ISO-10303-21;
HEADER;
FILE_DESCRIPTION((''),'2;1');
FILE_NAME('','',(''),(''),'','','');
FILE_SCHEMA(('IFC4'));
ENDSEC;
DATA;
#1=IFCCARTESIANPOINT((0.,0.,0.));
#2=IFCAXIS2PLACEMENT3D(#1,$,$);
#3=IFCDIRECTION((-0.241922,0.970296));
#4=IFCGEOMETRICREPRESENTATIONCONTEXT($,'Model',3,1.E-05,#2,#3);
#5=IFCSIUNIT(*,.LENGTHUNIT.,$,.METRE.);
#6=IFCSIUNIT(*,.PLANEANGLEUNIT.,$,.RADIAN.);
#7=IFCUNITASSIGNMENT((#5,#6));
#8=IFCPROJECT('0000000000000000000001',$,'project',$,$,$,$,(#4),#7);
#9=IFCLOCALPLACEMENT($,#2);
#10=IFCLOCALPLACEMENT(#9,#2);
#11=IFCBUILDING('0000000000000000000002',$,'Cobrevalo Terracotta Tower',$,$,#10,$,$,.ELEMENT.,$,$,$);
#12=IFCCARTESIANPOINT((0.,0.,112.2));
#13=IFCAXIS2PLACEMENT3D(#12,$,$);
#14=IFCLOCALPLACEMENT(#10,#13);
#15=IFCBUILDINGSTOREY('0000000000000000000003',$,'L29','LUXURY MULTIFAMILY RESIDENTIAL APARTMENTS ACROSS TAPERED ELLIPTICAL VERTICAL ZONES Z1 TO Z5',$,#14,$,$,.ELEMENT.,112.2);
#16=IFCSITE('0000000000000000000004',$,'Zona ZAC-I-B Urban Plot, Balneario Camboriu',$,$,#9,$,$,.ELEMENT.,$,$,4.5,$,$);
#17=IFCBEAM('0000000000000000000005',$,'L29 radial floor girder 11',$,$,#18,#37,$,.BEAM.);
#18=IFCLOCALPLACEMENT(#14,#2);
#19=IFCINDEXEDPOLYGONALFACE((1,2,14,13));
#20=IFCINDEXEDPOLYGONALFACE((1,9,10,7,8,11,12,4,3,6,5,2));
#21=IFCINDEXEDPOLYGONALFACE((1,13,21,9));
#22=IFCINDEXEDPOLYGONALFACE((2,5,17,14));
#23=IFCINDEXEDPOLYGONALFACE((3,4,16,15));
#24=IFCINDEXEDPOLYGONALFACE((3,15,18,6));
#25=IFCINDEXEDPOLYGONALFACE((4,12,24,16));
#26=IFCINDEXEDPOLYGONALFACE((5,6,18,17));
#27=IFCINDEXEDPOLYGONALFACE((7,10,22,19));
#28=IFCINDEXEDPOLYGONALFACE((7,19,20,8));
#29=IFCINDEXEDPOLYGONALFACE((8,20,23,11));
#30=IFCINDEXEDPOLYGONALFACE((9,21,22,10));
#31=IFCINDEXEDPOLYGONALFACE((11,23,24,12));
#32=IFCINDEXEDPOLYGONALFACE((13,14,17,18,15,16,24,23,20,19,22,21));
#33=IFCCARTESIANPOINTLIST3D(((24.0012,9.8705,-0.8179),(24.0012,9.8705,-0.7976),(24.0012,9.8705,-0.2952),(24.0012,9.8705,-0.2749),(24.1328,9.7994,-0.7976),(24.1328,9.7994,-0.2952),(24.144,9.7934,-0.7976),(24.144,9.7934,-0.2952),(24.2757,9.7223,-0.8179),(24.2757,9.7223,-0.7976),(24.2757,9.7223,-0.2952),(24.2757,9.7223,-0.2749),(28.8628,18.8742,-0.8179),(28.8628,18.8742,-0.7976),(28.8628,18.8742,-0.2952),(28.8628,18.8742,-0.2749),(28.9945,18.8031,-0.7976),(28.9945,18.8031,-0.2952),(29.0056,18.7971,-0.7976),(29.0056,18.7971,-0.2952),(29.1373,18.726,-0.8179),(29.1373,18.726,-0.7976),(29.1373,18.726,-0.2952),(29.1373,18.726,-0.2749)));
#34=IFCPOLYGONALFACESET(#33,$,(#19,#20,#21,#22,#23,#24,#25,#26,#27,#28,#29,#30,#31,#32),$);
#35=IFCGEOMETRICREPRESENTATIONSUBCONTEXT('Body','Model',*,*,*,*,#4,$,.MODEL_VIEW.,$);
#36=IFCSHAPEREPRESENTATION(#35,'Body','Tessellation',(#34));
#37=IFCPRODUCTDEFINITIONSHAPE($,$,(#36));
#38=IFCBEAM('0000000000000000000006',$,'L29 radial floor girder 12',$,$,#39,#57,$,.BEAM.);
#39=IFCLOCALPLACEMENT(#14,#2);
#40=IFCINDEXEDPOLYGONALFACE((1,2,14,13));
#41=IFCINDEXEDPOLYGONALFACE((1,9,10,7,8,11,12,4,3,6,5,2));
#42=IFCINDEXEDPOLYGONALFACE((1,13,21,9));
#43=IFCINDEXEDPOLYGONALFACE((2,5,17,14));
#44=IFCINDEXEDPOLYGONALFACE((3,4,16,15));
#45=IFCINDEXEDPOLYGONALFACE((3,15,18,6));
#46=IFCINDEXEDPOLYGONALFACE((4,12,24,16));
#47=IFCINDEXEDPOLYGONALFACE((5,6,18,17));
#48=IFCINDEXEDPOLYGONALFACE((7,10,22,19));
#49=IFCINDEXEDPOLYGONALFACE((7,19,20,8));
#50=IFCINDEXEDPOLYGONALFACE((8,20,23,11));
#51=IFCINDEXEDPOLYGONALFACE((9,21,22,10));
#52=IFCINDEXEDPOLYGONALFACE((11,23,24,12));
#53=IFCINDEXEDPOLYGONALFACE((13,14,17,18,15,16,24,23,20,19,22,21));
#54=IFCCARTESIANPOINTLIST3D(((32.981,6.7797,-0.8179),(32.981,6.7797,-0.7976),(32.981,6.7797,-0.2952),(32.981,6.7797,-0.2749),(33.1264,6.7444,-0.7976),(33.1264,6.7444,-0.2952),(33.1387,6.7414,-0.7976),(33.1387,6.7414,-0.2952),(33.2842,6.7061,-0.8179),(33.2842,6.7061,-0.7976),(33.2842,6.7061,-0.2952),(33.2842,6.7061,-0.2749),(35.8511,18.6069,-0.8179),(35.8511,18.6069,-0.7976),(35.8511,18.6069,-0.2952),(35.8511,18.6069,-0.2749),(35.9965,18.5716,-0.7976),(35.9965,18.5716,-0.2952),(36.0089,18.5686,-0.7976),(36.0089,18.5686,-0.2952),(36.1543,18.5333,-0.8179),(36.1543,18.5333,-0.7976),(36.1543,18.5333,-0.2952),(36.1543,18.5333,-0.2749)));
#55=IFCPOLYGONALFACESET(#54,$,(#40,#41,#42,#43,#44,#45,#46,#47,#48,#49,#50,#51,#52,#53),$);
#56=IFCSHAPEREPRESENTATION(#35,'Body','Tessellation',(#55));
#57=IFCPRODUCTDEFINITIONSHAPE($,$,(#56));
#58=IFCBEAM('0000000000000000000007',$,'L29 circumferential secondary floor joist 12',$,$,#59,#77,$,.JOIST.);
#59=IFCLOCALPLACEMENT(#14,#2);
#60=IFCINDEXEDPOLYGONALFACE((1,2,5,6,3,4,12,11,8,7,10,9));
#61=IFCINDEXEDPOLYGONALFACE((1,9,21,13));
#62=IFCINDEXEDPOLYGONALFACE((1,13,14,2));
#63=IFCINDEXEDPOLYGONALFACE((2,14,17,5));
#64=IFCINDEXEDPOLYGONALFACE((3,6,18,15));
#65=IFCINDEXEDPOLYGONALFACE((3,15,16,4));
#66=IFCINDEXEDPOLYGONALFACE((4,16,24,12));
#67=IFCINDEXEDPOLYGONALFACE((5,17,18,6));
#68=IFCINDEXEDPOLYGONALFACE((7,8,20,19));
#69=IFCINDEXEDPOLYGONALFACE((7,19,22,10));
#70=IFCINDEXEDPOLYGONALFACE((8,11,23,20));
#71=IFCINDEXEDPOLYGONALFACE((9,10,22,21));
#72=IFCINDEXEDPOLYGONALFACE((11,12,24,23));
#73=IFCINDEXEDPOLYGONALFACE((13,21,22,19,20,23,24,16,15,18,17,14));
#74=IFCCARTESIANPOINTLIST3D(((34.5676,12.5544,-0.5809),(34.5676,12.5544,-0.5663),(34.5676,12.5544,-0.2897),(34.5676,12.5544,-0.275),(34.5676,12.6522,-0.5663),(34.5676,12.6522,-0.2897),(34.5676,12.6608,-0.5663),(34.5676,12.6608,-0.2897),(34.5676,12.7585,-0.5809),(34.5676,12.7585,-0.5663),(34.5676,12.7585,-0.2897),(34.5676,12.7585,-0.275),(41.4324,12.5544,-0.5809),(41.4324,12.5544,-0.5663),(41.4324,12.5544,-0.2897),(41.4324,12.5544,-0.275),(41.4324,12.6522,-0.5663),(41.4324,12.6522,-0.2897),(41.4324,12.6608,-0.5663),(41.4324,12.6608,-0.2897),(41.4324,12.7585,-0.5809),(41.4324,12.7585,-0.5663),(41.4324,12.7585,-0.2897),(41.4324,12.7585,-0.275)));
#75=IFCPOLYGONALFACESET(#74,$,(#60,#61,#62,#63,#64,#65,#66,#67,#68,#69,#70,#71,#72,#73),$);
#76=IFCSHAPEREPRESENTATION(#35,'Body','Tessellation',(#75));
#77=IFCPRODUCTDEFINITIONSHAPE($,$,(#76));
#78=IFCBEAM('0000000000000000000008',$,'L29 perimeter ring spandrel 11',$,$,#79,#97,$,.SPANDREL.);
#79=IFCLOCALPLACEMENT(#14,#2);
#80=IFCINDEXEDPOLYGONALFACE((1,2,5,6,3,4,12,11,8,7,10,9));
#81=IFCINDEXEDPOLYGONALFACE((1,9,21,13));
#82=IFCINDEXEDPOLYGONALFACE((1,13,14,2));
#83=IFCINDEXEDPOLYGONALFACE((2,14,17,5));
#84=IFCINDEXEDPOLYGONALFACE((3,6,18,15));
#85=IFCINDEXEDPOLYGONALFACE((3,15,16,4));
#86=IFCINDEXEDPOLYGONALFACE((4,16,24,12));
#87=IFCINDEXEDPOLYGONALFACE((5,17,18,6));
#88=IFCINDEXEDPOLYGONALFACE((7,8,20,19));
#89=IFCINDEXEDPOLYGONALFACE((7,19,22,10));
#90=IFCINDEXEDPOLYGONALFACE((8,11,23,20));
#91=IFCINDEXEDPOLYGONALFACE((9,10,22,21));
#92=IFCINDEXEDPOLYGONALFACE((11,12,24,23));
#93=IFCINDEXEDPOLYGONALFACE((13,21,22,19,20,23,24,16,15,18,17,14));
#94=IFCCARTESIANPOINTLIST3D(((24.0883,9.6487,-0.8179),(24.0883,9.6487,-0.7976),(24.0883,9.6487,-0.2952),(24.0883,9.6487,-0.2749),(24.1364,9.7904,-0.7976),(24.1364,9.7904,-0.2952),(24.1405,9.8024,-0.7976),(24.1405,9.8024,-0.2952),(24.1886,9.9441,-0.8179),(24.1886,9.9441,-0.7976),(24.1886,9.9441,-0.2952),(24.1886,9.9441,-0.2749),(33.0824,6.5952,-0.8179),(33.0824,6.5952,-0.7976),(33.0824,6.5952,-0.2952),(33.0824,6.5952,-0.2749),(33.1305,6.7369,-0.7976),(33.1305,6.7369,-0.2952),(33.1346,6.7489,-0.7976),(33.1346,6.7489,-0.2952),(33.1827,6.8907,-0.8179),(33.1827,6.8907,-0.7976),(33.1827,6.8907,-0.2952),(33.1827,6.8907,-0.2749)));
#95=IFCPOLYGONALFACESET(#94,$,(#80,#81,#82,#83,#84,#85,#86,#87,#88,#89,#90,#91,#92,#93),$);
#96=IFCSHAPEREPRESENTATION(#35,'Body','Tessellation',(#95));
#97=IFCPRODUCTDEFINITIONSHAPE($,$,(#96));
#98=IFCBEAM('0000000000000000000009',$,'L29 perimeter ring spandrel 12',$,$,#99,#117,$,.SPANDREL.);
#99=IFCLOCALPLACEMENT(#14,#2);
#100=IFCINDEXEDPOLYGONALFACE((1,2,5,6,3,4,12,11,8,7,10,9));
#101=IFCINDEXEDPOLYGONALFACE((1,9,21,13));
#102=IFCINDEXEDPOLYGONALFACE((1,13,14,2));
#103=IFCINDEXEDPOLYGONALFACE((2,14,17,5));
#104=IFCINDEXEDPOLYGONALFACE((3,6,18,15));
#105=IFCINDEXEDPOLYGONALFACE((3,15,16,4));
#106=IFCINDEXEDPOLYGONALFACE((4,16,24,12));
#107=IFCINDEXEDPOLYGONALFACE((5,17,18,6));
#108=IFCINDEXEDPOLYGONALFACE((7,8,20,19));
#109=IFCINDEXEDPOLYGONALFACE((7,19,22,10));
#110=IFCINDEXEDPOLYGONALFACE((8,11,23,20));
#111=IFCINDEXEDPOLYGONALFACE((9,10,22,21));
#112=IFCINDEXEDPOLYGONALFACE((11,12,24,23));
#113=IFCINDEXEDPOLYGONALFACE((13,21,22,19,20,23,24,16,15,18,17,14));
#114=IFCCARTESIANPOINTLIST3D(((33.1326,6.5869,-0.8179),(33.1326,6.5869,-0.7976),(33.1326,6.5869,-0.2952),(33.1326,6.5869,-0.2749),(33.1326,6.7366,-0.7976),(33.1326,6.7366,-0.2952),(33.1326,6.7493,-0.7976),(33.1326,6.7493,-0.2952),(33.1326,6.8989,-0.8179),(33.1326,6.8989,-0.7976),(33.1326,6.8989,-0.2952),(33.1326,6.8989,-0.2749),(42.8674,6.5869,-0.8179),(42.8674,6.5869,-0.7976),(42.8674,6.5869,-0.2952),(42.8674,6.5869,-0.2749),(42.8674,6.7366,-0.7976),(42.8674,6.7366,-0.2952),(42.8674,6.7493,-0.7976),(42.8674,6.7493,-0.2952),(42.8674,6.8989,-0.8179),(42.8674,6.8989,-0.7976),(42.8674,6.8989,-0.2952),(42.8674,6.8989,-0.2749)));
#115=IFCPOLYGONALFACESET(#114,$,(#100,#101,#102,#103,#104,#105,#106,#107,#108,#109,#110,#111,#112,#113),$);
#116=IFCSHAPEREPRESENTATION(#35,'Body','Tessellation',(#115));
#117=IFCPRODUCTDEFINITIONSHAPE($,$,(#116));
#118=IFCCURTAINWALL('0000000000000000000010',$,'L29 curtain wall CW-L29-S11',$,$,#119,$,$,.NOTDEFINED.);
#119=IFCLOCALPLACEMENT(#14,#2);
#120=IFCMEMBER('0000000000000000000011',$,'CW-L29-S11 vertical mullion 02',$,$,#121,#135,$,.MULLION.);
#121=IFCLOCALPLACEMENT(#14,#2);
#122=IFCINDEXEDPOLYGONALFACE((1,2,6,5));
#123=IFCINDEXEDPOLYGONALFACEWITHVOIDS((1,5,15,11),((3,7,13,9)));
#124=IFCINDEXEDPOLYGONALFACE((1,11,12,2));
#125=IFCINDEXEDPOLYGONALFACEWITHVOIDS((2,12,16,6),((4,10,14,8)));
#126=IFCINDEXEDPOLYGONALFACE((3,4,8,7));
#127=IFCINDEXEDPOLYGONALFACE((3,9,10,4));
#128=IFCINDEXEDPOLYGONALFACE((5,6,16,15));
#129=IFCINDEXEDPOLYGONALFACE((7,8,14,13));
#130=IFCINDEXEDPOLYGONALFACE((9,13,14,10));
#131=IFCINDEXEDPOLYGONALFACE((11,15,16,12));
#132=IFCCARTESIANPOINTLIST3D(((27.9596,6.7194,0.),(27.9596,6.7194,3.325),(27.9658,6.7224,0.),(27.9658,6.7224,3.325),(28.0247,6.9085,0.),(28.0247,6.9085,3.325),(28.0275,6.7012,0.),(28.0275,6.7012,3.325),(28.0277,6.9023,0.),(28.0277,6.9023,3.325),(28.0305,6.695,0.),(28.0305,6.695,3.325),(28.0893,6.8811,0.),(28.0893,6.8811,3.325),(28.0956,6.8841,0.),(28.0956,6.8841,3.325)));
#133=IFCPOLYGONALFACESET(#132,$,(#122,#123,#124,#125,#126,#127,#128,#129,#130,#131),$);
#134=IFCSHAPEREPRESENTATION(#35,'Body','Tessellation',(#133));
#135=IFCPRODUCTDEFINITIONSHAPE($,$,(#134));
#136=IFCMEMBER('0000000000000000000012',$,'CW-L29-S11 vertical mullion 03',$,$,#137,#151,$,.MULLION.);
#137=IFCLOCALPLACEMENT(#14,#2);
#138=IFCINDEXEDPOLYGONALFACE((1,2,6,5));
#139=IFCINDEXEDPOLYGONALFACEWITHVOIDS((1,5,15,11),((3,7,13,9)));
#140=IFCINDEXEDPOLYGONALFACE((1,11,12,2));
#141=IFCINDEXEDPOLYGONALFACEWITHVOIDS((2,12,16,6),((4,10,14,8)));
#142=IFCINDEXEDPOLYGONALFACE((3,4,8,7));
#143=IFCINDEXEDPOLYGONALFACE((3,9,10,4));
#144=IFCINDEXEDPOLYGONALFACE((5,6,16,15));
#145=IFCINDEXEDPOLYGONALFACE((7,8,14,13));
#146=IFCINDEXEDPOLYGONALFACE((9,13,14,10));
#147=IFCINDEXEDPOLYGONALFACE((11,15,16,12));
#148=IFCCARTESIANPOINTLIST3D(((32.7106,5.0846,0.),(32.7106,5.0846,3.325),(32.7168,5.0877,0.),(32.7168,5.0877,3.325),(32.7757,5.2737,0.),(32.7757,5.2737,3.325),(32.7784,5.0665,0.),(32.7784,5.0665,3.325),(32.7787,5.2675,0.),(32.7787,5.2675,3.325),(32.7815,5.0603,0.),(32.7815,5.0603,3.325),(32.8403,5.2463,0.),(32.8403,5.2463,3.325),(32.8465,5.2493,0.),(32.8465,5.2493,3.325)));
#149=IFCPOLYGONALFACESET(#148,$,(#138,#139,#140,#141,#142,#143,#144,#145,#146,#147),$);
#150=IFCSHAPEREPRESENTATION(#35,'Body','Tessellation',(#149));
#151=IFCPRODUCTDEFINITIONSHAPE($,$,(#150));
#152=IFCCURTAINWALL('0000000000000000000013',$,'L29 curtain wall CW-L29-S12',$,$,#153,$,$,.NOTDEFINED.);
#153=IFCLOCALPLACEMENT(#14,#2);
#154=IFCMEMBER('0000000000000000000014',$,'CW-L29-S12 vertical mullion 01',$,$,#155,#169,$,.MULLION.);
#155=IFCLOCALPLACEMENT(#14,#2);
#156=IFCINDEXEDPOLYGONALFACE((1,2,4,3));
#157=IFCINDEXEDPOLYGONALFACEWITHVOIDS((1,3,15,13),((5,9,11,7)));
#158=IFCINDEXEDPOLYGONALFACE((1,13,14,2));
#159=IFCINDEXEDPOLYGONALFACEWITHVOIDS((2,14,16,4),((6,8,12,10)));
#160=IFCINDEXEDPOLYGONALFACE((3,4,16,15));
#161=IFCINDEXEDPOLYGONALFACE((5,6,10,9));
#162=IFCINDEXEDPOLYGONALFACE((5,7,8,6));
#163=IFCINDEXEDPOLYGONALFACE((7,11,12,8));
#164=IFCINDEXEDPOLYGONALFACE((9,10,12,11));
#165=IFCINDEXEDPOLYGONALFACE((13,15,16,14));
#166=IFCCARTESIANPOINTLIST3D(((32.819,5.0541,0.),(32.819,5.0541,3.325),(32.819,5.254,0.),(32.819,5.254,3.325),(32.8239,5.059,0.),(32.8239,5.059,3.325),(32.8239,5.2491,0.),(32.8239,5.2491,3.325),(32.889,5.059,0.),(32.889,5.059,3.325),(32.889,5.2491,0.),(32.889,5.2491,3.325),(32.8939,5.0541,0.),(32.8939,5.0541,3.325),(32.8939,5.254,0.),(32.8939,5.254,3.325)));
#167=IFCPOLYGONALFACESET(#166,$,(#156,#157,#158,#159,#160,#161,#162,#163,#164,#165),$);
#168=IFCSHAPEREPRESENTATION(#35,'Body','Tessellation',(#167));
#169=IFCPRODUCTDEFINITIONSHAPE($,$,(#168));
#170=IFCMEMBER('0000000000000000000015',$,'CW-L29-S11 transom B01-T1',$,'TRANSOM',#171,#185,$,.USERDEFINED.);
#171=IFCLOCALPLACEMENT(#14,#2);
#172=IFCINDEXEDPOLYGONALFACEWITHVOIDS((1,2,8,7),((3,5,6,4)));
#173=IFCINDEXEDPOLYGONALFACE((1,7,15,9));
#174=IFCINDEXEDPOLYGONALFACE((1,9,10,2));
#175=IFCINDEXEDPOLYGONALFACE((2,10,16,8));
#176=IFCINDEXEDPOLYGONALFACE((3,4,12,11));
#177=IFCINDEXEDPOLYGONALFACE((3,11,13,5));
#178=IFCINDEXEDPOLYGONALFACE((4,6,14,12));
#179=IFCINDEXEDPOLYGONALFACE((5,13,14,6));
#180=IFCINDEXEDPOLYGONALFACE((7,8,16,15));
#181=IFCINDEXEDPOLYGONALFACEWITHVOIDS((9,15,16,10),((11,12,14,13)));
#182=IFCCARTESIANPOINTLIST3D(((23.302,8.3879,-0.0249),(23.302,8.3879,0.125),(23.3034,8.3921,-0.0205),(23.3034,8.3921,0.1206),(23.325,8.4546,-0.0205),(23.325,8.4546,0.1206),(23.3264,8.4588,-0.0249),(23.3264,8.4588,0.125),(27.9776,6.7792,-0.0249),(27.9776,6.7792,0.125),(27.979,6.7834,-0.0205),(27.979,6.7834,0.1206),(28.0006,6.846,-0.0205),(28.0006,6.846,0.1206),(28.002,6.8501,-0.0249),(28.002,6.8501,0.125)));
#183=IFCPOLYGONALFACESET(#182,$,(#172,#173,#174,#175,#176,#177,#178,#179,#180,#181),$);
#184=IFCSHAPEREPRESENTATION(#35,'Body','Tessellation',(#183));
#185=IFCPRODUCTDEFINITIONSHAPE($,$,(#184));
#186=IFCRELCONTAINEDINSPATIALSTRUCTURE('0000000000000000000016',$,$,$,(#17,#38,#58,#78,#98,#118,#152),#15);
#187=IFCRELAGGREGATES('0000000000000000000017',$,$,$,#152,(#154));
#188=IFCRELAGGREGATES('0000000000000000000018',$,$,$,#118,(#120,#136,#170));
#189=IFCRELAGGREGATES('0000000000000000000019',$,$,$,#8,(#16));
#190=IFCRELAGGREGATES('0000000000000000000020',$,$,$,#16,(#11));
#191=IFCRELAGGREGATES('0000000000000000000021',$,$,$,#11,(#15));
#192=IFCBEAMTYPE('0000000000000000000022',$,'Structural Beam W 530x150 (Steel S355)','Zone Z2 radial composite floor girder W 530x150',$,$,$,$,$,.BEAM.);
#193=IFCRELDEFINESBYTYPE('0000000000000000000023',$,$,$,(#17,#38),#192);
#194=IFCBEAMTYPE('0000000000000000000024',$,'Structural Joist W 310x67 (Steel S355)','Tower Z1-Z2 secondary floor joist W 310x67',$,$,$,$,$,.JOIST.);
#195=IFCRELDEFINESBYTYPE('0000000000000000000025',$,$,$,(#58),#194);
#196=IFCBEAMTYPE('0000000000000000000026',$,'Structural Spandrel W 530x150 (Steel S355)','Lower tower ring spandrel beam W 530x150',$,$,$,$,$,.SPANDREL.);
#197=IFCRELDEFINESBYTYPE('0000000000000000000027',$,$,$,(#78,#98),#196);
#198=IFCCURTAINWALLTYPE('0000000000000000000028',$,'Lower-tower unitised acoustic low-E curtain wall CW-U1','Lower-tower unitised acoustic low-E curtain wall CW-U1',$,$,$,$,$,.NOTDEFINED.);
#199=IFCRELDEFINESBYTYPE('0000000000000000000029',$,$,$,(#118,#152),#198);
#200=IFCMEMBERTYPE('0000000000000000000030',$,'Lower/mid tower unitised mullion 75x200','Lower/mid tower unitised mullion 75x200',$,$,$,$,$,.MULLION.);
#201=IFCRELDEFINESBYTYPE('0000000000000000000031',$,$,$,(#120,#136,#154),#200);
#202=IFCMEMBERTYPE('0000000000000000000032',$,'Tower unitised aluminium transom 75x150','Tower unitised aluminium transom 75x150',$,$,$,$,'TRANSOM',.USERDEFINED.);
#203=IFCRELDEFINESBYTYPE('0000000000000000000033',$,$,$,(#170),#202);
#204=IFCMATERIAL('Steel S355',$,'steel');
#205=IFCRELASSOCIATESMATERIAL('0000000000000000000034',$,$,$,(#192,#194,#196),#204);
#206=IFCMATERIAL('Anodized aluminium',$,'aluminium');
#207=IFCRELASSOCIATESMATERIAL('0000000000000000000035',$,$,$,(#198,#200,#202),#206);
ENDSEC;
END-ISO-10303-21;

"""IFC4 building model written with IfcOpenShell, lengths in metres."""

from ifc_helpers import new_model, si_unit, direction, frame, origin, origin_2d, place, context, subcontext, project, spatial, hollow_rectangle, i_section, extrude, source, transform, mapped, material, material_profile, profile_set, type_object, element, aggregate, save


model = new_model("IFC4")

# Units and contexts
model_context = context("Model", 3, precision=1e-05, world=origin(), true_north=direction((-0.241922, 0.970296)))
body_context = subcontext(model_context, "Body", "Model", "MODEL_VIEW")
ifc_project = project(units=[si_unit("LENGTHUNIT", "METRE"), si_unit("PLANEANGLEUNIT", "RADIAN")], contexts=[model_context])

# Site, building, storey
site_placement = place(None, origin())
site = spatial("IfcSite", under=ifc_project, at=site_placement, Name="Zona ZAC-I-B Urban Plot, Balneario Camboriu", CompositionType="ELEMENT", RefElevation=4.5)
building_placement = place(site_placement, origin())
building = spatial("IfcBuilding", under=site, at=building_placement, Name="Cobrevalo Terracotta Tower", CompositionType="ELEMENT")
storey_placement = place(building_placement, frame((0.0, 0.0, 112.2)))
storey = spatial("IfcBuildingStorey", under=building, at=storey_placement, Name="L29", Description="LUXURY MULTIFAMILY RESIDENTIAL APARTMENTS ACROSS TAPERED ELLIPTICAL VERTICAL ZONES Z1 TO Z5", CompositionType="ELEMENT", Elevation=112.2)

# Shared definitions
ifc_material_1 = material(Name="Steel S355", Category="steel")

# Beams
ifc_material_profile_1 = material_profile(ifc_material_1, i_section(OverallWidth=0.312, OverallDepth=0.543, WebThickness=0.0127, FlangeThickness=0.0203, at=origin_2d()), Name="W 530x150")
ifc_profile_set_1 = profile_set([ifc_material_profile_1], Name="Steel S355")
beam_type_1 = type_object("IfcBeamType", Name="Structural Beam W 530x150 (Steel S355)", Description="Zone Z2 radial composite floor girder W 530x150", PredefinedType="BEAM", material=ifc_profile_set_1)
beam_1_placement = place(storey_placement, frame((24.1384, 9.7964, -0.5464), z_axis=(0.475118, 0.879922, 0.0), x_axis=(-0.879922, 0.475118, 0.0)))
element("IfcBeam", 1, at=beam_1_placement, inside=storey, type_object=beam_type_1, Name="L29 radial floor girder 11", PredefinedType="BEAM", context=body_context, shape_type="SweptSolid", body=[
    extrude(i_section(OverallWidth=0.312, OverallDepth=0.543, WebThickness=0.0127, FlangeThickness=0.0203, at=origin_2d()), origin(), (0.0, 0.0, 1.0), 10.2324),
])
beam_2_placement = place(storey_placement, frame((33.1326, 6.7429, -0.5464), z_axis=(0.235827, 0.971795, 0.0), x_axis=(-0.971795, 0.235827, 0.0)))
element("IfcBeam", 2, at=beam_2_placement, inside=storey, type_object=beam_type_1, Name="L29 radial floor girder 12", PredefinedType="BEAM", context=body_context, shape_type="SweptSolid", body=[
    extrude(i_section(OverallWidth=0.312, OverallDepth=0.543, WebThickness=0.0127, FlangeThickness=0.0203, at=origin_2d()), origin(), (0.0, 0.0, 1.0), 12.1704),
])
ifc_material_profile_2 = material_profile(ifc_material_1, i_section(OverallWidth=0.2041, OverallDepth=0.3059, WebThickness=0.0085, FlangeThickness=0.0146, at=origin_2d()), Name="W 310x67")
ifc_profile_set_2 = profile_set([ifc_material_profile_2], Name="Steel S355")
beam_type_2 = type_object("IfcBeamType", Name="Structural Joist W 310x67 (Steel S355)", Description="Tower Z1-Z2 secondary floor joist W 310x67", PredefinedType="JOIST", material=ifc_profile_set_2)
beam_3_placement = place(storey_placement, frame((34.5676, 12.6565, -0.428), z_axis=(1.0, 0.0, 0.0), x_axis=(0.0, 1.0, 0.0)))
element("IfcBeam", 3, at=beam_3_placement, inside=storey, type_object=beam_type_2, Name="L29 circumferential secondary floor joist 12", PredefinedType="JOIST", context=body_context, shape_type="SweptSolid", body=[
    extrude(i_section(OverallWidth=0.2041, OverallDepth=0.3059, WebThickness=0.0085, FlangeThickness=0.0146, at=origin_2d()), origin(), (0.0, 0.0, 1.0), 6.8647),
])
ifc_material_profile_3 = material_profile(ifc_material_1, i_section(OverallWidth=0.312, OverallDepth=0.543, WebThickness=0.0127, FlangeThickness=0.0203, at=origin_2d()), Name="W 530x150")
ifc_profile_set_3 = profile_set([ifc_material_profile_3], Name="Steel S355")
beam_type_3 = type_object("IfcBeamType", Name="Structural Spandrel W 530x150 (Steel S355)", Description="Lower tower ring spandrel beam W 530x150", PredefinedType="SPANDREL", material=ifc_profile_set_3)
beam_4_placement = place(storey_placement, frame((24.1384, 9.7964, -0.5464), z_axis=(0.946918, -0.321474, 0.0), x_axis=(0.321474, 0.946918, 0.0)))
element("IfcBeam", 4, at=beam_4_placement, inside=storey, type_object=beam_type_3, Name="L29 perimeter ring spandrel 11", PredefinedType="SPANDREL", context=body_context, shape_type="SweptSolid", body=[
    extrude(i_section(OverallWidth=0.312, OverallDepth=0.543, WebThickness=0.0127, FlangeThickness=0.0203, at=origin_2d()), origin(), (0.0, 0.0, 1.0), 9.4983),
])
beam_5_placement = place(storey_placement, frame((33.1326, 6.7429, -0.5464), z_axis=(1.0, 0.0, 0.0), x_axis=(0.0, 1.0, 0.0)))
element("IfcBeam", 5, at=beam_5_placement, inside=storey, type_object=beam_type_3, Name="L29 perimeter ring spandrel 12", PredefinedType="SPANDREL", context=body_context, shape_type="SweptSolid", body=[
    extrude(i_section(OverallWidth=0.312, OverallDepth=0.543, WebThickness=0.0127, FlangeThickness=0.0203, at=origin_2d()), origin(), (0.0, 0.0, 1.0), 9.7349),
])

# Curtain wall, members
ifc_material_2 = material(Name="Anodized aluminium", Category="aluminium")
curtain_wall_type = type_object("IfcCurtainWallType", Name="Lower-tower unitised acoustic low-E curtain wall CW-U1", Description="Lower-tower unitised acoustic low-E curtain wall CW-U1", PredefinedType="NOTDEFINED", material=ifc_material_2)
curtain_wall_1_placement = place(storey_placement, origin())
curtain_wall_1 = element("IfcCurtainWall", 6, at=curtain_wall_1_placement, inside=storey, type_object=curtain_wall_type, Name="L29 curtain wall CW-L29-S11", PredefinedType="NOTDEFINED")
ifc_material_profile_4 = material_profile(ifc_material_2, hollow_rectangle(XDim=0.075, YDim=0.2, WallThickness=0.0049, at=origin_2d()), Name="CWM 75x200")
ifc_profile_set_4 = profile_set([ifc_material_profile_4], Name="Anodized aluminium")
member_type_1 = type_object("IfcMemberType", Name="Lower/mid tower unitised mullion 75x200", Description="Lower/mid tower unitised mullion 75x200", PredefinedType="MULLION", material=ifc_profile_set_4)
shared_shape_1 = source(origin(), body_context, "Body", "SweptSolid", [
    extrude(hollow_rectangle(XDim=0.075, YDim=0.2, WallThickness=0.0049, at=origin_2d()), origin(), (0.0, 0.0, 1.0), 3.325),
])
member_1_placement = place(storey_placement, frame((28.0276, 6.8018, 0.0), z_axis=(0.0, 0.0, 1.0), x_axis=(0.945598, -0.325337, 0.0)))
member_1 = element("IfcMember", 7, at=member_1_placement, type_object=member_type_1, Name="CW-L29-S11 vertical mullion 02", PredefinedType="MULLION", context=body_context, shape_type="MappedRepresentation", body=[
    mapped(shared_shape_1, transform((0.0, 0.0, 0.0), scale=1.0)),
])
member_2_placement = place(storey_placement, frame((32.7786, 5.167, 0.0), z_axis=(0.0, 0.0, 1.0), x_axis=(0.945598, -0.325337, 0.0)))
member_2 = element("IfcMember", 8, at=member_2_placement, type_object=member_type_1, Name="CW-L29-S11 vertical mullion 03", PredefinedType="MULLION", context=body_context, shape_type="MappedRepresentation", body=[
    mapped(shared_shape_1, transform((0.0, 0.0, 0.0), scale=1.0)),
])

# Curtain wall, member
curtain_wall_2_placement = place(storey_placement, origin())
curtain_wall_2 = element("IfcCurtainWall", 9, at=curtain_wall_2_placement, inside=storey, type_object=curtain_wall_type, Name="L29 curtain wall CW-L29-S12", PredefinedType="NOTDEFINED")
member_3_placement = place(storey_placement, frame((32.8564, 5.1541, 0.0), z_axis=(0.0, 0.0, 1.0), x_axis=(1.0, 0.0, 0.0)))
member_3 = element("IfcMember", 10, at=member_3_placement, type_object=member_type_1, Name="CW-L29-S12 vertical mullion 01", PredefinedType="MULLION", context=body_context, shape_type="MappedRepresentation", body=[
    mapped(shared_shape_1, transform((0.0, 0.0, 0.0), scale=1.0)),
])

# Member
ifc_material_profile_5 = material_profile(ifc_material_2, hollow_rectangle(XDim=0.075, YDim=0.1499, WallThickness=0.0044, at=origin_2d()), Name="CWT 75x150")
ifc_profile_set_5 = profile_set([ifc_material_profile_5], Name="Anodized aluminium")
member_type_2 = type_object("IfcMemberType", Name="Tower unitised aluminium transom 75x150", Description="Tower unitised aluminium transom 75x150", ElementType="TRANSOM", PredefinedType="USERDEFINED", material=ifc_profile_set_5)
shared_shape_2 = source(origin(), body_context, "Body", "SweptSolid", [
    extrude(hollow_rectangle(XDim=0.075, YDim=0.1499, WallThickness=0.0044, at=origin_2d()), origin(), (0.0, 0.0, 1.0), 4.9446),
])
member_4_placement = place(storey_placement, frame((23.3142, 8.4233, 0.05), z_axis=(0.945598, -0.325338, 0.0), x_axis=(0.325338, 0.945598, 0.0)))
member_4 = element("IfcMember", 11, at=member_4_placement, type_object=member_type_2, Name="CW-L29-S11 transom B01-T1", ObjectType="TRANSOM", PredefinedType="USERDEFINED", context=body_context, shape_type="MappedRepresentation", body=[
    mapped(shared_shape_2, transform((0.0, 0.0, 0.0), scale=1.0)),
])
aggregate(curtain_wall_2, [member_3])

aggregate(curtain_wall_1, [member_1, member_2, member_4])

save(model, "model.ifc")
